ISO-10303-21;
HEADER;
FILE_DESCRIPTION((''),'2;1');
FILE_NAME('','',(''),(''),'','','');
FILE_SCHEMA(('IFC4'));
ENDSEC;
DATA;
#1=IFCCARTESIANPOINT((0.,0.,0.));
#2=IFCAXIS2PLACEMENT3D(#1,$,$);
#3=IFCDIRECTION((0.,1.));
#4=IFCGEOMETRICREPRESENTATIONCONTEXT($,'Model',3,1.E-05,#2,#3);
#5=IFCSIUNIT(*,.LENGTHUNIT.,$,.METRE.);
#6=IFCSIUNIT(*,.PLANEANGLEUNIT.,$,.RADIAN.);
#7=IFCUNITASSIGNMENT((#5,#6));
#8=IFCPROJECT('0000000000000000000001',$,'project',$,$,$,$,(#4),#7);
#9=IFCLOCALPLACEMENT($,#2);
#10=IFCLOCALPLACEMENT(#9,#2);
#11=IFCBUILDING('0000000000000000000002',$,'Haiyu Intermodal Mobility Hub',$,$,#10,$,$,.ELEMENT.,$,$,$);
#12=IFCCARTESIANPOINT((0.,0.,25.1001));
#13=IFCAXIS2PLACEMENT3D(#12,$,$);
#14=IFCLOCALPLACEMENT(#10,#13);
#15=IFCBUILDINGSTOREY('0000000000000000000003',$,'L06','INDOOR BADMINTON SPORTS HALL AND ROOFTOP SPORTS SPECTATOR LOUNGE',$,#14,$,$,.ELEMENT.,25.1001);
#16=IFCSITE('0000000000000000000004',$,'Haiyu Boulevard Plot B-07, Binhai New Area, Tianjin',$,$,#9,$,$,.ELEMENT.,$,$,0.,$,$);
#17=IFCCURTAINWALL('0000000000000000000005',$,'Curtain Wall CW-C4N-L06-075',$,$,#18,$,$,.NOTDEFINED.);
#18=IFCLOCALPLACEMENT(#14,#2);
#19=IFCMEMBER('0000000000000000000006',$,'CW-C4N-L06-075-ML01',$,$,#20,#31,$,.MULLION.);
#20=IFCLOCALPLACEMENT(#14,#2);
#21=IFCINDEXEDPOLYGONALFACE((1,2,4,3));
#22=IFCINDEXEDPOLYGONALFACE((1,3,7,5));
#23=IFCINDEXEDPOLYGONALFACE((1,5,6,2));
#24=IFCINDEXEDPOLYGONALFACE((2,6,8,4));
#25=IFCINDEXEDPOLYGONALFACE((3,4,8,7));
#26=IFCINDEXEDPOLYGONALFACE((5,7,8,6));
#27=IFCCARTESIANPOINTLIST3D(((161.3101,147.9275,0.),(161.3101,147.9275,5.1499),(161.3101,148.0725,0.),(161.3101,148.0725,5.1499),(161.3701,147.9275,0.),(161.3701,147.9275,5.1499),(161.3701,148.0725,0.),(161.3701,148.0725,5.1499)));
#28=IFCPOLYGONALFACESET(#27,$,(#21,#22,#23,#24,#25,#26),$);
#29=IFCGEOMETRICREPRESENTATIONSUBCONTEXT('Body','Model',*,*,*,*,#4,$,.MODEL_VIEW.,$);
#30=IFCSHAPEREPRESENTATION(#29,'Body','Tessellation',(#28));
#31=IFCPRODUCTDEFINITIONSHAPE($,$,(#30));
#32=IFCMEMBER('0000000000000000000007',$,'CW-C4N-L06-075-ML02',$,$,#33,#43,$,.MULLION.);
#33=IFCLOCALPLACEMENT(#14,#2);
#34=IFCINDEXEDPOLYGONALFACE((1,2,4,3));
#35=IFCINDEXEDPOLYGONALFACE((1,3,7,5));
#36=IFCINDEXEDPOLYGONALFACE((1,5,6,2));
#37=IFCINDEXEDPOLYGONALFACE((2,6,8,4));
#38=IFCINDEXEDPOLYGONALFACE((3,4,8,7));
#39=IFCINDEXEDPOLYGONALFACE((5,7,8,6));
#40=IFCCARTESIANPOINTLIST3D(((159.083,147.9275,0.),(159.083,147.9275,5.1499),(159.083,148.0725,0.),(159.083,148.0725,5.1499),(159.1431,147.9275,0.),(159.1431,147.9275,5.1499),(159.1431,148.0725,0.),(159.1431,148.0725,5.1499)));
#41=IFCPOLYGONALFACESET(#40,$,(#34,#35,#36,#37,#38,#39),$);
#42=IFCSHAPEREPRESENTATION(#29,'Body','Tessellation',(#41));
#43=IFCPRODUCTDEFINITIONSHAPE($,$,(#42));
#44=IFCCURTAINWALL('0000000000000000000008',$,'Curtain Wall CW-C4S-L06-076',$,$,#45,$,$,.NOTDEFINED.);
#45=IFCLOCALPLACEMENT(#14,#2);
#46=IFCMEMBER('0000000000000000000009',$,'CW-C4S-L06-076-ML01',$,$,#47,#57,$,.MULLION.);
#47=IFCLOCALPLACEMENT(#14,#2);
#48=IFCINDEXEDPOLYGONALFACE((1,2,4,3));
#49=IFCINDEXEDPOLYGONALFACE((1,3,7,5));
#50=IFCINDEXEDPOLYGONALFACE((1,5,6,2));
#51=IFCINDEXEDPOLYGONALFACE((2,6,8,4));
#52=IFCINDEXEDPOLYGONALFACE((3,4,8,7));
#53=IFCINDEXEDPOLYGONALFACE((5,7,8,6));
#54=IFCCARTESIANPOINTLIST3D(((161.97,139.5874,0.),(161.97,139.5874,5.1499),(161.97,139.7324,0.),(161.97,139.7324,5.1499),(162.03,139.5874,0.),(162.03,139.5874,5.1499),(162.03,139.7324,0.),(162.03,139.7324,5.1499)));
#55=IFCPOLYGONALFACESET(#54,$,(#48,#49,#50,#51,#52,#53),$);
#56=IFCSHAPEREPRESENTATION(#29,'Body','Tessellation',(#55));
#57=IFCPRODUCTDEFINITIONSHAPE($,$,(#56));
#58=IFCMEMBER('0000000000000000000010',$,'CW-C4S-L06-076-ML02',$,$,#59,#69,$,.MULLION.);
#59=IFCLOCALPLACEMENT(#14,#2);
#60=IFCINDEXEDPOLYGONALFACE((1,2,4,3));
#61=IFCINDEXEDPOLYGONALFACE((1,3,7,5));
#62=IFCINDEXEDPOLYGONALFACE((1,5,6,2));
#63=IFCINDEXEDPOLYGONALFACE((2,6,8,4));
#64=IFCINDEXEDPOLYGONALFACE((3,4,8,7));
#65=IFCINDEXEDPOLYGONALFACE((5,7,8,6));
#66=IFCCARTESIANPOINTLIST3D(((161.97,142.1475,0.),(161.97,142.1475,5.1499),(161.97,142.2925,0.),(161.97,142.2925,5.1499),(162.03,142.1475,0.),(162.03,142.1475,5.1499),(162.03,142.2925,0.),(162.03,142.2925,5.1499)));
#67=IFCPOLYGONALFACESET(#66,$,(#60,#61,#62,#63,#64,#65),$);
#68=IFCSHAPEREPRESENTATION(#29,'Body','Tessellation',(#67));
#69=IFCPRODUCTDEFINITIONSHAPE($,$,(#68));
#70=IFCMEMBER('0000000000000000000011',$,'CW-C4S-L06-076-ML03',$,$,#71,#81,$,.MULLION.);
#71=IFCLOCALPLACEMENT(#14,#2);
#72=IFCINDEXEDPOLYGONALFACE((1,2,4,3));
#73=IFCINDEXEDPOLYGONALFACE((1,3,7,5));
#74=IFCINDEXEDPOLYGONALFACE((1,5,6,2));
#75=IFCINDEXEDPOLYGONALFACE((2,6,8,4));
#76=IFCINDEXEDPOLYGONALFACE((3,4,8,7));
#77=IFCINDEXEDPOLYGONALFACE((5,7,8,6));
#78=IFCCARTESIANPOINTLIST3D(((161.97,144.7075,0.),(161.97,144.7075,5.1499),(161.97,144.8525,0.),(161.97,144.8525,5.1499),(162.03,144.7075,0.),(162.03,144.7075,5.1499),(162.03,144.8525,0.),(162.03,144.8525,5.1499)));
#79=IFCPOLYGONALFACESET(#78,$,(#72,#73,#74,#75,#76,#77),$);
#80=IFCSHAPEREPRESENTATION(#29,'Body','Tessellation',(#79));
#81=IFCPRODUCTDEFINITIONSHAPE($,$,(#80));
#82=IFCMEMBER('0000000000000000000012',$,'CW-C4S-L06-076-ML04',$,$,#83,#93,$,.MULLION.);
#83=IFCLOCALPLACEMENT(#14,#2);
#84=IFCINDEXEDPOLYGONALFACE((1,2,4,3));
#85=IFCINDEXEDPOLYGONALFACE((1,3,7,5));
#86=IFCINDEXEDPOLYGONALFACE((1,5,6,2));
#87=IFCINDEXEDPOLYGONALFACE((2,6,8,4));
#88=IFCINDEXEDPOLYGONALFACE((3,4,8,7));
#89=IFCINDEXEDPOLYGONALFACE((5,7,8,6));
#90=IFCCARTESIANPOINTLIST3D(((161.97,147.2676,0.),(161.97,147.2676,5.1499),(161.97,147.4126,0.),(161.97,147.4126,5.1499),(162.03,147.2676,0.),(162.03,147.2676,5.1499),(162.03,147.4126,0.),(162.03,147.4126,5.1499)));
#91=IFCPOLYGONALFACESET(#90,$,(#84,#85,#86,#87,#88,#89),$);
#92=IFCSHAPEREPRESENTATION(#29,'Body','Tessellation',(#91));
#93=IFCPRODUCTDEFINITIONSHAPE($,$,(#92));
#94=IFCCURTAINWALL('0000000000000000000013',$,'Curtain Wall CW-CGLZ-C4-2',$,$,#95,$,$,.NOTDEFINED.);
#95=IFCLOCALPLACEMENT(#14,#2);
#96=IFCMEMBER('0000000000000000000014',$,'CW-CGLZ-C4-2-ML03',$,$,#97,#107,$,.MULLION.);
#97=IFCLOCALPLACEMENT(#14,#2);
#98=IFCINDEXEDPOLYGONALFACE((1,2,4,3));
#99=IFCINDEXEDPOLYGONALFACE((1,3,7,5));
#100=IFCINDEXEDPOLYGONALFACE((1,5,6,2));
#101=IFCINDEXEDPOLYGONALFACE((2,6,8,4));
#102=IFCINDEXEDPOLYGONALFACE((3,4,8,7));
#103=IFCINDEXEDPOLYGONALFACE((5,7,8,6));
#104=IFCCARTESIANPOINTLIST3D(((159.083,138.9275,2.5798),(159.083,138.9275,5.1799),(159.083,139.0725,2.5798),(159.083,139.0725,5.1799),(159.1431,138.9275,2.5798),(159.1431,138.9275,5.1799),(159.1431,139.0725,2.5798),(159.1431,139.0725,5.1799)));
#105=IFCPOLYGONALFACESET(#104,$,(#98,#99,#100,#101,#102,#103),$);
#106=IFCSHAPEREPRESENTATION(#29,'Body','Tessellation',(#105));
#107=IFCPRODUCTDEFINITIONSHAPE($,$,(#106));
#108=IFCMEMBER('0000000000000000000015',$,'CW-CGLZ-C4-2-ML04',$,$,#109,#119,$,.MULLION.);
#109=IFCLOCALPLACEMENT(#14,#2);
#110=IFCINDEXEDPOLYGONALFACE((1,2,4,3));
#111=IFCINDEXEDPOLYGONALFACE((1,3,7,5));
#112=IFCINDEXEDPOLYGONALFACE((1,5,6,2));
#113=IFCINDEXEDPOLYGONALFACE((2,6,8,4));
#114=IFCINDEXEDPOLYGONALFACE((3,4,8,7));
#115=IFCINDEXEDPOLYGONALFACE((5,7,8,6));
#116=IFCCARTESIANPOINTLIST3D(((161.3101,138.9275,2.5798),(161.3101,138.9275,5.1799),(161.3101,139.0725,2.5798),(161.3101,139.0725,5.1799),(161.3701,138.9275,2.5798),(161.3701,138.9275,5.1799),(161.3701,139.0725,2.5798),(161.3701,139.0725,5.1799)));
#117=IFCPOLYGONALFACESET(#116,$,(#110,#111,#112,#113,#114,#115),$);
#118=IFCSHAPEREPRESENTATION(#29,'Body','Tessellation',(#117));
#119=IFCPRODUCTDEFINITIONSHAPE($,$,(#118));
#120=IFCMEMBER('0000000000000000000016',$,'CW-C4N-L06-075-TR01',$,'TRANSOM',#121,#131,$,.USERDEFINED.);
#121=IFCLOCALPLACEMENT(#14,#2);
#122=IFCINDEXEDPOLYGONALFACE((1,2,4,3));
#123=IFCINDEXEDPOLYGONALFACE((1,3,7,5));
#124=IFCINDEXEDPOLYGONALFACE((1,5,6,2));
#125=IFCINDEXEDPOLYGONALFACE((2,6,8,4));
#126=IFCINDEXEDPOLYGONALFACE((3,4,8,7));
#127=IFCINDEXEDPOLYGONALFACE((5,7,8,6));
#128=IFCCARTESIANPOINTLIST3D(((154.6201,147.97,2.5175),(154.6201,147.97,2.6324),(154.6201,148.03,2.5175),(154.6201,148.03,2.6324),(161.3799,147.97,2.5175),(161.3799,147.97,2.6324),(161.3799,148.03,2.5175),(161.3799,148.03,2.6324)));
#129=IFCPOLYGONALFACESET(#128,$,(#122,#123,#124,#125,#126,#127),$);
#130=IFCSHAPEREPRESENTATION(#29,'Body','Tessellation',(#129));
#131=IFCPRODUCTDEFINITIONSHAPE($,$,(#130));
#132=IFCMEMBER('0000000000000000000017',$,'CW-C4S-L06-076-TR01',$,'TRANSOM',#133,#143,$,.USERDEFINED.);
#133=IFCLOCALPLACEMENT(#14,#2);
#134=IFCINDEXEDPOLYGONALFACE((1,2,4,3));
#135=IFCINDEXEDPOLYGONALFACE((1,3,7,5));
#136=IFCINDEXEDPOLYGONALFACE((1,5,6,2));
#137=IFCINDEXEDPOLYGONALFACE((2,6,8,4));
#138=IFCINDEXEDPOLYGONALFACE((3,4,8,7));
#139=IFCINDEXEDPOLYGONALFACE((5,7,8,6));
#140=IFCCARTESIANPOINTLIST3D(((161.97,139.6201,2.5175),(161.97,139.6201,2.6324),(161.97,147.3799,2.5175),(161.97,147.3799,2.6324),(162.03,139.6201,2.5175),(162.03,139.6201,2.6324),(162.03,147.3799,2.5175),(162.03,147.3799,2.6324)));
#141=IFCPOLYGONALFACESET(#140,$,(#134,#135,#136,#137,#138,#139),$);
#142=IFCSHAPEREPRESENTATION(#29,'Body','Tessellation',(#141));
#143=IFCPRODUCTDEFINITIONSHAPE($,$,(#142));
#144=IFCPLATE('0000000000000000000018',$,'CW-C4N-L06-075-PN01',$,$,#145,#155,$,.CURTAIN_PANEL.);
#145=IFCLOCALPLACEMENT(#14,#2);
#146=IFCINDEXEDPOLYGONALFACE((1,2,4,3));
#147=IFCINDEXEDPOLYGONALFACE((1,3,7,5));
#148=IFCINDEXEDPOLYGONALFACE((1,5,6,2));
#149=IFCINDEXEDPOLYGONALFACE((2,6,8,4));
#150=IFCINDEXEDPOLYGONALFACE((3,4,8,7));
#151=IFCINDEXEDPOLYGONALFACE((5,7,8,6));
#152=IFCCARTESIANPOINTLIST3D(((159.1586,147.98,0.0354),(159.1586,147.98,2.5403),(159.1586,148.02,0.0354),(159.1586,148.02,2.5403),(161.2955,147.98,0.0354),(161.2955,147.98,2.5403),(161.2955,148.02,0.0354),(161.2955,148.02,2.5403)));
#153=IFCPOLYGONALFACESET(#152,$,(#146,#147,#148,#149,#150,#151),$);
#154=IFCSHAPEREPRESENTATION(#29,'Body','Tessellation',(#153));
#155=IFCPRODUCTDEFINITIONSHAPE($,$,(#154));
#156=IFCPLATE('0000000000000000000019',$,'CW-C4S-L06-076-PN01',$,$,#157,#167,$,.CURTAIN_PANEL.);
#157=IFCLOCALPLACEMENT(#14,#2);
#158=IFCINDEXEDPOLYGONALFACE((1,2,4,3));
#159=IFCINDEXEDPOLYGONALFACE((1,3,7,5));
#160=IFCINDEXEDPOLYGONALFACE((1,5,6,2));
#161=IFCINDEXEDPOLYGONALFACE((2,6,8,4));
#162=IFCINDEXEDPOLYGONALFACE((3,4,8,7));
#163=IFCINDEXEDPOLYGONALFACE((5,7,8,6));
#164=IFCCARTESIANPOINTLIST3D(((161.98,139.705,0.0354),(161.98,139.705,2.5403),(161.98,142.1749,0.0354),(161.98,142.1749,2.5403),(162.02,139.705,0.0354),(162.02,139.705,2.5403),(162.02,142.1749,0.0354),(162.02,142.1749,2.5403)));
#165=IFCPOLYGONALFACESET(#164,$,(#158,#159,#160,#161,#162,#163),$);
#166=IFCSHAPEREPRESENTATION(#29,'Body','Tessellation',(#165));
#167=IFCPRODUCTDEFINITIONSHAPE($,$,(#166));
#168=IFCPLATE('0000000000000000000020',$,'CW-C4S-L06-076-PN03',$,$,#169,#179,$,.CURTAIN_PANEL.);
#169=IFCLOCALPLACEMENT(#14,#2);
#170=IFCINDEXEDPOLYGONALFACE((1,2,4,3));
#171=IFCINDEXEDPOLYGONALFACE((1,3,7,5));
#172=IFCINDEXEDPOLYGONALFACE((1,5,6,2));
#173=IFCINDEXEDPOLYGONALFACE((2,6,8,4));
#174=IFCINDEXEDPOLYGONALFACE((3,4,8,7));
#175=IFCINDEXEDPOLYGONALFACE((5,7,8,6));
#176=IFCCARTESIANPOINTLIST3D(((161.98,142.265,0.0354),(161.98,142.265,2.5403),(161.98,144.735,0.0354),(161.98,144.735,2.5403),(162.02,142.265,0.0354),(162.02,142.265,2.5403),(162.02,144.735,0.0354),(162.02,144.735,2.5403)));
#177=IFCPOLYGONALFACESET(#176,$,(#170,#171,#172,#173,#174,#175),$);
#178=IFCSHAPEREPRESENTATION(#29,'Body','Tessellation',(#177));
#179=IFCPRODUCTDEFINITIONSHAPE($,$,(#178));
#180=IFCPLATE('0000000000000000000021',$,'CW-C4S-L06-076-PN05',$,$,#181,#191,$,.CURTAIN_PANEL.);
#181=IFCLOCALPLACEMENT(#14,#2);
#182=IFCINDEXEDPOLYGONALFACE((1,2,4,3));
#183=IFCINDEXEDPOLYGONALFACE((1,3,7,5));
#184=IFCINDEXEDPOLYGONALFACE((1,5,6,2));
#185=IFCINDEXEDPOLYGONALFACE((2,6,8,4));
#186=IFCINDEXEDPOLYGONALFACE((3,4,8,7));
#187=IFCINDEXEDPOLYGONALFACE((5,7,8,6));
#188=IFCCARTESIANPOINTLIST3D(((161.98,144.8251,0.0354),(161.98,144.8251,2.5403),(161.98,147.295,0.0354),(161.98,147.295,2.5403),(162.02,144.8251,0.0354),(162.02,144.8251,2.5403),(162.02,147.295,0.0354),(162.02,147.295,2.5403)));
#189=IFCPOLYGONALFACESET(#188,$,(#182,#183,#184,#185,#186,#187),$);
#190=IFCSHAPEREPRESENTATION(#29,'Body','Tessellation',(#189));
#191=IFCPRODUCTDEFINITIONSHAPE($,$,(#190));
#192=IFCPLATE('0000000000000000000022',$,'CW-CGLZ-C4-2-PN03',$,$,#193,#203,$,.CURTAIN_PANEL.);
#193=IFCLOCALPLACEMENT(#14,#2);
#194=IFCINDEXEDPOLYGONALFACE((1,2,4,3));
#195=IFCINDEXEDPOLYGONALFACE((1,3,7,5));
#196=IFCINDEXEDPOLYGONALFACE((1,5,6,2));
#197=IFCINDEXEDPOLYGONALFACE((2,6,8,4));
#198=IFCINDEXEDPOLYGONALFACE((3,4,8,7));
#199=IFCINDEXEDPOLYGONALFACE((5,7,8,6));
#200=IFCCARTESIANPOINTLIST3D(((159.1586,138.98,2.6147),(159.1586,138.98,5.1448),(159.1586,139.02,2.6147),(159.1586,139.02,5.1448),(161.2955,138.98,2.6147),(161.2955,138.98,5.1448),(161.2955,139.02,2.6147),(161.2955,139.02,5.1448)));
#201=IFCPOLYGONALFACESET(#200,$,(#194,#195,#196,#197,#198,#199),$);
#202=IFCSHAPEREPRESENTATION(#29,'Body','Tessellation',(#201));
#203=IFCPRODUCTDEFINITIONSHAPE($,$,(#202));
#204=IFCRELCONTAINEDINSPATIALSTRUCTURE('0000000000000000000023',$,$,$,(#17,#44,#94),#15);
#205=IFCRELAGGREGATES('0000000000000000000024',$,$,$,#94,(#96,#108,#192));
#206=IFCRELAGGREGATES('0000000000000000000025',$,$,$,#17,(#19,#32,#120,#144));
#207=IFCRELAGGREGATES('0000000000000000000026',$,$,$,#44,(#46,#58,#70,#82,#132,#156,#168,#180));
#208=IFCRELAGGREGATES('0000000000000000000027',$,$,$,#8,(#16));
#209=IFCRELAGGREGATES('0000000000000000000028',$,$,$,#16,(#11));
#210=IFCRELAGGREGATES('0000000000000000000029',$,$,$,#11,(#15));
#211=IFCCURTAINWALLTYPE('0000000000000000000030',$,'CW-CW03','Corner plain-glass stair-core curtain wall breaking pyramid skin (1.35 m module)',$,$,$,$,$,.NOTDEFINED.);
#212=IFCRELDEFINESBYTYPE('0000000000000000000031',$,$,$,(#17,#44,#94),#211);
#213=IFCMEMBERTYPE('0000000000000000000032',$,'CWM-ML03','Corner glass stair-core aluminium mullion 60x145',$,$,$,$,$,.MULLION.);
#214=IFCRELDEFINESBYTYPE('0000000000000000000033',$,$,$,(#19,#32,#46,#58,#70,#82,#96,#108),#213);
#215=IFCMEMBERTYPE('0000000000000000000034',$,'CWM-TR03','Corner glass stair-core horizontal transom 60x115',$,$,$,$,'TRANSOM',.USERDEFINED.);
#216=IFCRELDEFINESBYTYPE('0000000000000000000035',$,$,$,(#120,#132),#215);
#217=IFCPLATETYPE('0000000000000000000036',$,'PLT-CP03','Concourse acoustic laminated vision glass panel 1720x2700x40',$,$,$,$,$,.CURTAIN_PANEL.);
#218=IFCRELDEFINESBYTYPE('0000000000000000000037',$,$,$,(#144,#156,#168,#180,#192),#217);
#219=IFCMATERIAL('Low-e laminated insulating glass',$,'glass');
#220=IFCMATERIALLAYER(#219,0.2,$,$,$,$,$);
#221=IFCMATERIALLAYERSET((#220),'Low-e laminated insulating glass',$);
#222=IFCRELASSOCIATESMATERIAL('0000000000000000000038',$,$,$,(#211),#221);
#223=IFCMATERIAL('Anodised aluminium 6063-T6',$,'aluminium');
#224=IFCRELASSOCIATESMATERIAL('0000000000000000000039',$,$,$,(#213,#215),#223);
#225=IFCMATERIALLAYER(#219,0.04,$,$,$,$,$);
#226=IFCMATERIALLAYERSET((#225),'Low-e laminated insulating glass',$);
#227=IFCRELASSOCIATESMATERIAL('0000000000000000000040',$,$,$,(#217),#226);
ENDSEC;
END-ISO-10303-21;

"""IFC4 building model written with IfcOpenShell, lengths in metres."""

from ifc_helpers import new_model, si_unit, direction, frame, origin, origin_2d, place, context, subcontext, project, spatial, rectangle, extrude, material, layer, layer_set, material_profile, profile_set, type_object, element, aggregate, save


model = new_model("IFC4")

# Units and contexts
model_context = context("Model", 3, precision=1e-05, world=origin(), true_north=direction((0.0, 1.0)))
body_context = subcontext(model_context, "Body", "Model", "MODEL_VIEW")
ifc_project = project(units=[si_unit("LENGTHUNIT", "METRE"), si_unit("PLANEANGLEUNIT", "RADIAN")], contexts=[model_context])

# Site, building, storey
site_placement = place(None, origin())
site = spatial("IfcSite", under=ifc_project, at=site_placement, Name="Haiyu Boulevard Plot B-07, Binhai New Area, Tianjin", CompositionType="ELEMENT", RefElevation=0.0)
building_placement = place(site_placement, origin())
building = spatial("IfcBuilding", under=site, at=building_placement, Name="Haiyu Intermodal Mobility Hub", CompositionType="ELEMENT")
storey_placement = place(building_placement, frame((0.0, 0.0, 25.1001)))
storey = spatial("IfcBuildingStorey", under=building, at=storey_placement, Name="L06", Description="INDOOR BADMINTON SPORTS HALL AND ROOFTOP SPORTS SPECTATOR LOUNGE", CompositionType="ELEMENT", Elevation=25.1001)

# Curtain walls, members
ifc_material_1 = material(Name="Low-e laminated insulating glass", Category="glass")
ifc_layer_1 = layer(ifc_material_1, 0.2)
ifc_layer_set_1 = layer_set([ifc_layer_1], Name="Low-e laminated insulating glass")
curtain_wall_type = type_object("IfcCurtainWallType", Name="CW-CW03", Description="Corner plain-glass stair-core curtain wall breaking pyramid skin (1.35 m module)", PredefinedType="NOTDEFINED", material=ifc_layer_set_1)
curtain_wall_1_placement = place(storey_placement, origin())
curtain_wall_1 = element("IfcCurtainWall", 1, at=curtain_wall_1_placement, inside=storey, type_object=curtain_wall_type, Name="Curtain Wall CW-C4N-L06-075", PredefinedType="NOTDEFINED")
ifc_material_2 = material(Name="Anodised aluminium 6063-T6", Category="aluminium")
ifc_material_profile_1 = material_profile(ifc_material_2, rectangle(XDim=0.0601, YDim=0.145, at=origin_2d()), Name="ALU60x145")
ifc_profile_set_1 = profile_set([ifc_material_profile_1], Name="Anodised aluminium 6063-T6")
member_type_1 = type_object("IfcMemberType", Name="CWM-ML03", Description="Corner glass stair-core aluminium mullion 60x145", PredefinedType="MULLION", material=ifc_profile_set_1)
member_1_placement = place(storey_placement, frame((161.3401, 148.0, 0.0), z_axis=(0.0, 0.0, 1.0), x_axis=(1.0, 0.0, 0.0)))
member_1 = element("IfcMember", 2, at=member_1_placement, type_object=member_type_1, Name="CW-C4N-L06-075-ML01", PredefinedType="MULLION", context=body_context, shape_type="SweptSolid", body=[
    extrude(rectangle(XDim=0.0601, YDim=0.145, at=origin_2d()), origin(), (0.0, 0.0, 1.0), 5.1499),
])
member_2_placement = place(storey_placement, frame((159.113, 148.0, 0.0), z_axis=(0.0, 0.0, 1.0), x_axis=(1.0, 0.0, 0.0)))
member_2 = element("IfcMember", 3, at=member_2_placement, type_object=member_type_1, Name="CW-C4N-L06-075-ML02", PredefinedType="MULLION", context=body_context, shape_type="SweptSolid", body=[
    extrude(rectangle(XDim=0.0601, YDim=0.145, at=origin_2d()), origin(), (0.0, 0.0, 1.0), 5.1499),
])
curtain_wall_2_placement = place(storey_placement, origin())
curtain_wall_2 = element("IfcCurtainWall", 4, at=curtain_wall_2_placement, inside=storey, type_object=curtain_wall_type, Name="Curtain Wall CW-C4S-L06-076", PredefinedType="NOTDEFINED")
member_3_placement = place(storey_placement, frame((162.0, 139.6599, 0.0), z_axis=(0.0, 0.0, 1.0), x_axis=(1.0, 0.0, 0.0)))
member_3 = element("IfcMember", 5, at=member_3_placement, type_object=member_type_1, Name="CW-C4S-L06-076-ML01", PredefinedType="MULLION", context=body_context, shape_type="SweptSolid", body=[
    extrude(rectangle(XDim=0.0601, YDim=0.145, at=origin_2d()), origin(), (0.0, 0.0, 1.0), 5.1499),
])
member_4_placement = place(storey_placement, frame((162.0, 142.22, 0.0), z_axis=(0.0, 0.0, 1.0), x_axis=(1.0, 0.0, 0.0)))
member_4 = element("IfcMember", 6, at=member_4_placement, type_object=member_type_1, Name="CW-C4S-L06-076-ML02", PredefinedType="MULLION", context=body_context, shape_type="SweptSolid", body=[
    extrude(rectangle(XDim=0.0601, YDim=0.145, at=origin_2d()), origin(), (0.0, 0.0, 1.0), 5.1499),
])
member_5_placement = place(storey_placement, frame((162.0, 144.78, 0.0), z_axis=(0.0, 0.0, 1.0), x_axis=(1.0, 0.0, 0.0)))
member_5 = element("IfcMember", 7, at=member_5_placement, type_object=member_type_1, Name="CW-C4S-L06-076-ML03", PredefinedType="MULLION", context=body_context, shape_type="SweptSolid", body=[
    extrude(rectangle(XDim=0.0601, YDim=0.145, at=origin_2d()), origin(), (0.0, 0.0, 1.0), 5.1499),
])
member_6_placement = place(storey_placement, frame((162.0, 147.3401, 0.0), z_axis=(0.0, 0.0, 1.0), x_axis=(1.0, 0.0, 0.0)))
member_6 = element("IfcMember", 8, at=member_6_placement, type_object=member_type_1, Name="CW-C4S-L06-076-ML04", PredefinedType="MULLION", context=body_context, shape_type="SweptSolid", body=[
    extrude(rectangle(XDim=0.0601, YDim=0.145, at=origin_2d()), origin(), (0.0, 0.0, 1.0), 5.1499),
])
curtain_wall_3_placement = place(storey_placement, origin())
curtain_wall_3 = element("IfcCurtainWall", 9, at=curtain_wall_3_placement, inside=storey, type_object=curtain_wall_type, Name="Curtain Wall CW-CGLZ-C4-2", PredefinedType="NOTDEFINED")
member_7_placement = place(storey_placement, frame((159.113, 139.0, 2.5798), z_axis=(0.0, 0.0, 1.0), x_axis=(1.0, 0.0, 0.0)))
member_7 = element("IfcMember", 10, at=member_7_placement, type_object=member_type_1, Name="CW-CGLZ-C4-2-ML03", PredefinedType="MULLION", context=body_context, shape_type="SweptSolid", body=[
    extrude(rectangle(XDim=0.0601, YDim=0.145, at=origin_2d()), origin(), (0.0, 0.0, 1.0), 2.6001),
])
member_8_placement = place(storey_placement, frame((161.3401, 139.0, 2.5798), z_axis=(0.0, 0.0, 1.0), x_axis=(1.0, 0.0, 0.0)))
member_8 = element("IfcMember", 11, at=member_8_placement, type_object=member_type_1, Name="CW-CGLZ-C4-2-ML04", PredefinedType="MULLION", context=body_context, shape_type="SweptSolid", body=[
    extrude(rectangle(XDim=0.0601, YDim=0.145, at=origin_2d()), origin(), (0.0, 0.0, 1.0), 2.6001),
])

# Members
ifc_material_profile_2 = material_profile(ifc_material_2, rectangle(XDim=0.0601, YDim=0.115, at=origin_2d()), Name="ALU60x115")
ifc_profile_set_2 = profile_set([ifc_material_profile_2], Name="Anodised aluminium 6063-T6")
member_type_2 = type_object("IfcMemberType", Name="CWM-TR03", Description="Corner glass stair-core horizontal transom 60x115", ElementType="TRANSOM", PredefinedType="USERDEFINED", material=ifc_profile_set_2)
member_9_placement = place(storey_placement, frame((161.3799, 148.0, 2.575), z_axis=(-1.0, 0.0, 0.0), x_axis=(0.0, -1.0, 0.0)))
member_9 = element("IfcMember", 12, at=member_9_placement, type_object=member_type_2, Name="CW-C4N-L06-075-TR01", ObjectType="TRANSOM", PredefinedType="USERDEFINED", context=body_context, shape_type="SweptSolid", body=[
    extrude(rectangle(XDim=0.0601, YDim=0.115, at=origin_2d()), origin(), (0.0, 0.0, 1.0), 6.7598),
])
member_10_placement = place(storey_placement, frame((162.0, 139.6201, 2.575), z_axis=(0.0, 1.0, 0.0), x_axis=(-1.0, 0.0, 0.0)))
member_10 = element("IfcMember", 13, at=member_10_placement, type_object=member_type_2, Name="CW-C4S-L06-076-TR01", ObjectType="TRANSOM", PredefinedType="USERDEFINED", context=body_context, shape_type="SweptSolid", body=[
    extrude(rectangle(XDim=0.0601, YDim=0.115, at=origin_2d()), origin(), (0.0, 0.0, 1.0), 7.7598),
])

# Plates
ifc_layer_2 = layer(ifc_material_1, 0.04)
ifc_layer_set_2 = layer_set([ifc_layer_2], Name="Low-e laminated insulating glass")
plate_type_1 = type_object("IfcPlateType", Name="PLT-CP03", Description="Concourse acoustic laminated vision glass panel 1720x2700x40", PredefinedType="CURTAIN_PANEL", material=ifc_layer_set_2)
plate_1_placement = place(storey_placement, frame((160.2271, 148.0, 0.0354), z_axis=(0.0, 0.0, 1.0), x_axis=(-1.0, 0.0, 0.0)))
plate_1 = element("IfcPlate", 14, at=plate_1_placement, type_object=plate_type_1, Name="CW-C4N-L06-075-PN01", PredefinedType="CURTAIN_PANEL", context=body_context, shape_type="SweptSolid", body=[
    extrude(rectangle(XDim=2.137, YDim=0.04, at=origin_2d()), origin(), (0.0, 0.0, 1.0), 2.5049),
])
plate_2_placement = place(storey_placement, frame((162.0, 140.9399, 0.0354), z_axis=(0.0, 0.0, 1.0), x_axis=(0.0, 1.0, 0.0)))
plate_2 = element("IfcPlate", 15, at=plate_2_placement, type_object=plate_type_1, Name="CW-C4S-L06-076-PN01", PredefinedType="CURTAIN_PANEL", context=body_context, shape_type="SweptSolid", body=[
    extrude(rectangle(XDim=2.47, YDim=0.04, at=origin_2d()), origin(), (0.0, 0.0, 1.0), 2.5049),
])
plate_3_placement = place(storey_placement, frame((162.0, 143.5, 0.0354), z_axis=(0.0, 0.0, 1.0), x_axis=(0.0, 1.0, 0.0)))
plate_3 = element("IfcPlate", 16, at=plate_3_placement, type_object=plate_type_1, Name="CW-C4S-L06-076-PN03", PredefinedType="CURTAIN_PANEL", context=body_context, shape_type="SweptSolid", body=[
    extrude(rectangle(XDim=2.47, YDim=0.04, at=origin_2d()), origin(), (0.0, 0.0, 1.0), 2.5049),
])
plate_4_placement = place(storey_placement, frame((162.0, 146.0601, 0.0354), z_axis=(0.0, 0.0, 1.0), x_axis=(0.0, 1.0, 0.0)))
plate_4 = element("IfcPlate", 17, at=plate_4_placement, type_object=plate_type_1, Name="CW-C4S-L06-076-PN05", PredefinedType="CURTAIN_PANEL", context=body_context, shape_type="SweptSolid", body=[
    extrude(rectangle(XDim=2.47, YDim=0.04, at=origin_2d()), origin(), (0.0, 0.0, 1.0), 2.5049),
])
plate_5_placement = place(storey_placement, frame((160.2271, 139.0, 2.6147), z_axis=(0.0, 0.0, 1.0), x_axis=(1.0, 0.0, 0.0)))
plate_5 = element("IfcPlate", 18, at=plate_5_placement, type_object=plate_type_1, Name="CW-CGLZ-C4-2-PN03", PredefinedType="CURTAIN_PANEL", context=body_context, shape_type="SweptSolid", body=[
    extrude(rectangle(XDim=2.137, YDim=0.04, at=origin_2d()), origin(), (0.0, 0.0, 1.0), 2.53),
])
aggregate(curtain_wall_3, [member_7, member_8, plate_5])
aggregate(curtain_wall_1, [member_1, member_2, member_9, plate_1])
aggregate(curtain_wall_2, [member_3, member_4, member_5, member_6, member_10, plate_2, plate_3, plate_4])

save(model, "model.ifc")
